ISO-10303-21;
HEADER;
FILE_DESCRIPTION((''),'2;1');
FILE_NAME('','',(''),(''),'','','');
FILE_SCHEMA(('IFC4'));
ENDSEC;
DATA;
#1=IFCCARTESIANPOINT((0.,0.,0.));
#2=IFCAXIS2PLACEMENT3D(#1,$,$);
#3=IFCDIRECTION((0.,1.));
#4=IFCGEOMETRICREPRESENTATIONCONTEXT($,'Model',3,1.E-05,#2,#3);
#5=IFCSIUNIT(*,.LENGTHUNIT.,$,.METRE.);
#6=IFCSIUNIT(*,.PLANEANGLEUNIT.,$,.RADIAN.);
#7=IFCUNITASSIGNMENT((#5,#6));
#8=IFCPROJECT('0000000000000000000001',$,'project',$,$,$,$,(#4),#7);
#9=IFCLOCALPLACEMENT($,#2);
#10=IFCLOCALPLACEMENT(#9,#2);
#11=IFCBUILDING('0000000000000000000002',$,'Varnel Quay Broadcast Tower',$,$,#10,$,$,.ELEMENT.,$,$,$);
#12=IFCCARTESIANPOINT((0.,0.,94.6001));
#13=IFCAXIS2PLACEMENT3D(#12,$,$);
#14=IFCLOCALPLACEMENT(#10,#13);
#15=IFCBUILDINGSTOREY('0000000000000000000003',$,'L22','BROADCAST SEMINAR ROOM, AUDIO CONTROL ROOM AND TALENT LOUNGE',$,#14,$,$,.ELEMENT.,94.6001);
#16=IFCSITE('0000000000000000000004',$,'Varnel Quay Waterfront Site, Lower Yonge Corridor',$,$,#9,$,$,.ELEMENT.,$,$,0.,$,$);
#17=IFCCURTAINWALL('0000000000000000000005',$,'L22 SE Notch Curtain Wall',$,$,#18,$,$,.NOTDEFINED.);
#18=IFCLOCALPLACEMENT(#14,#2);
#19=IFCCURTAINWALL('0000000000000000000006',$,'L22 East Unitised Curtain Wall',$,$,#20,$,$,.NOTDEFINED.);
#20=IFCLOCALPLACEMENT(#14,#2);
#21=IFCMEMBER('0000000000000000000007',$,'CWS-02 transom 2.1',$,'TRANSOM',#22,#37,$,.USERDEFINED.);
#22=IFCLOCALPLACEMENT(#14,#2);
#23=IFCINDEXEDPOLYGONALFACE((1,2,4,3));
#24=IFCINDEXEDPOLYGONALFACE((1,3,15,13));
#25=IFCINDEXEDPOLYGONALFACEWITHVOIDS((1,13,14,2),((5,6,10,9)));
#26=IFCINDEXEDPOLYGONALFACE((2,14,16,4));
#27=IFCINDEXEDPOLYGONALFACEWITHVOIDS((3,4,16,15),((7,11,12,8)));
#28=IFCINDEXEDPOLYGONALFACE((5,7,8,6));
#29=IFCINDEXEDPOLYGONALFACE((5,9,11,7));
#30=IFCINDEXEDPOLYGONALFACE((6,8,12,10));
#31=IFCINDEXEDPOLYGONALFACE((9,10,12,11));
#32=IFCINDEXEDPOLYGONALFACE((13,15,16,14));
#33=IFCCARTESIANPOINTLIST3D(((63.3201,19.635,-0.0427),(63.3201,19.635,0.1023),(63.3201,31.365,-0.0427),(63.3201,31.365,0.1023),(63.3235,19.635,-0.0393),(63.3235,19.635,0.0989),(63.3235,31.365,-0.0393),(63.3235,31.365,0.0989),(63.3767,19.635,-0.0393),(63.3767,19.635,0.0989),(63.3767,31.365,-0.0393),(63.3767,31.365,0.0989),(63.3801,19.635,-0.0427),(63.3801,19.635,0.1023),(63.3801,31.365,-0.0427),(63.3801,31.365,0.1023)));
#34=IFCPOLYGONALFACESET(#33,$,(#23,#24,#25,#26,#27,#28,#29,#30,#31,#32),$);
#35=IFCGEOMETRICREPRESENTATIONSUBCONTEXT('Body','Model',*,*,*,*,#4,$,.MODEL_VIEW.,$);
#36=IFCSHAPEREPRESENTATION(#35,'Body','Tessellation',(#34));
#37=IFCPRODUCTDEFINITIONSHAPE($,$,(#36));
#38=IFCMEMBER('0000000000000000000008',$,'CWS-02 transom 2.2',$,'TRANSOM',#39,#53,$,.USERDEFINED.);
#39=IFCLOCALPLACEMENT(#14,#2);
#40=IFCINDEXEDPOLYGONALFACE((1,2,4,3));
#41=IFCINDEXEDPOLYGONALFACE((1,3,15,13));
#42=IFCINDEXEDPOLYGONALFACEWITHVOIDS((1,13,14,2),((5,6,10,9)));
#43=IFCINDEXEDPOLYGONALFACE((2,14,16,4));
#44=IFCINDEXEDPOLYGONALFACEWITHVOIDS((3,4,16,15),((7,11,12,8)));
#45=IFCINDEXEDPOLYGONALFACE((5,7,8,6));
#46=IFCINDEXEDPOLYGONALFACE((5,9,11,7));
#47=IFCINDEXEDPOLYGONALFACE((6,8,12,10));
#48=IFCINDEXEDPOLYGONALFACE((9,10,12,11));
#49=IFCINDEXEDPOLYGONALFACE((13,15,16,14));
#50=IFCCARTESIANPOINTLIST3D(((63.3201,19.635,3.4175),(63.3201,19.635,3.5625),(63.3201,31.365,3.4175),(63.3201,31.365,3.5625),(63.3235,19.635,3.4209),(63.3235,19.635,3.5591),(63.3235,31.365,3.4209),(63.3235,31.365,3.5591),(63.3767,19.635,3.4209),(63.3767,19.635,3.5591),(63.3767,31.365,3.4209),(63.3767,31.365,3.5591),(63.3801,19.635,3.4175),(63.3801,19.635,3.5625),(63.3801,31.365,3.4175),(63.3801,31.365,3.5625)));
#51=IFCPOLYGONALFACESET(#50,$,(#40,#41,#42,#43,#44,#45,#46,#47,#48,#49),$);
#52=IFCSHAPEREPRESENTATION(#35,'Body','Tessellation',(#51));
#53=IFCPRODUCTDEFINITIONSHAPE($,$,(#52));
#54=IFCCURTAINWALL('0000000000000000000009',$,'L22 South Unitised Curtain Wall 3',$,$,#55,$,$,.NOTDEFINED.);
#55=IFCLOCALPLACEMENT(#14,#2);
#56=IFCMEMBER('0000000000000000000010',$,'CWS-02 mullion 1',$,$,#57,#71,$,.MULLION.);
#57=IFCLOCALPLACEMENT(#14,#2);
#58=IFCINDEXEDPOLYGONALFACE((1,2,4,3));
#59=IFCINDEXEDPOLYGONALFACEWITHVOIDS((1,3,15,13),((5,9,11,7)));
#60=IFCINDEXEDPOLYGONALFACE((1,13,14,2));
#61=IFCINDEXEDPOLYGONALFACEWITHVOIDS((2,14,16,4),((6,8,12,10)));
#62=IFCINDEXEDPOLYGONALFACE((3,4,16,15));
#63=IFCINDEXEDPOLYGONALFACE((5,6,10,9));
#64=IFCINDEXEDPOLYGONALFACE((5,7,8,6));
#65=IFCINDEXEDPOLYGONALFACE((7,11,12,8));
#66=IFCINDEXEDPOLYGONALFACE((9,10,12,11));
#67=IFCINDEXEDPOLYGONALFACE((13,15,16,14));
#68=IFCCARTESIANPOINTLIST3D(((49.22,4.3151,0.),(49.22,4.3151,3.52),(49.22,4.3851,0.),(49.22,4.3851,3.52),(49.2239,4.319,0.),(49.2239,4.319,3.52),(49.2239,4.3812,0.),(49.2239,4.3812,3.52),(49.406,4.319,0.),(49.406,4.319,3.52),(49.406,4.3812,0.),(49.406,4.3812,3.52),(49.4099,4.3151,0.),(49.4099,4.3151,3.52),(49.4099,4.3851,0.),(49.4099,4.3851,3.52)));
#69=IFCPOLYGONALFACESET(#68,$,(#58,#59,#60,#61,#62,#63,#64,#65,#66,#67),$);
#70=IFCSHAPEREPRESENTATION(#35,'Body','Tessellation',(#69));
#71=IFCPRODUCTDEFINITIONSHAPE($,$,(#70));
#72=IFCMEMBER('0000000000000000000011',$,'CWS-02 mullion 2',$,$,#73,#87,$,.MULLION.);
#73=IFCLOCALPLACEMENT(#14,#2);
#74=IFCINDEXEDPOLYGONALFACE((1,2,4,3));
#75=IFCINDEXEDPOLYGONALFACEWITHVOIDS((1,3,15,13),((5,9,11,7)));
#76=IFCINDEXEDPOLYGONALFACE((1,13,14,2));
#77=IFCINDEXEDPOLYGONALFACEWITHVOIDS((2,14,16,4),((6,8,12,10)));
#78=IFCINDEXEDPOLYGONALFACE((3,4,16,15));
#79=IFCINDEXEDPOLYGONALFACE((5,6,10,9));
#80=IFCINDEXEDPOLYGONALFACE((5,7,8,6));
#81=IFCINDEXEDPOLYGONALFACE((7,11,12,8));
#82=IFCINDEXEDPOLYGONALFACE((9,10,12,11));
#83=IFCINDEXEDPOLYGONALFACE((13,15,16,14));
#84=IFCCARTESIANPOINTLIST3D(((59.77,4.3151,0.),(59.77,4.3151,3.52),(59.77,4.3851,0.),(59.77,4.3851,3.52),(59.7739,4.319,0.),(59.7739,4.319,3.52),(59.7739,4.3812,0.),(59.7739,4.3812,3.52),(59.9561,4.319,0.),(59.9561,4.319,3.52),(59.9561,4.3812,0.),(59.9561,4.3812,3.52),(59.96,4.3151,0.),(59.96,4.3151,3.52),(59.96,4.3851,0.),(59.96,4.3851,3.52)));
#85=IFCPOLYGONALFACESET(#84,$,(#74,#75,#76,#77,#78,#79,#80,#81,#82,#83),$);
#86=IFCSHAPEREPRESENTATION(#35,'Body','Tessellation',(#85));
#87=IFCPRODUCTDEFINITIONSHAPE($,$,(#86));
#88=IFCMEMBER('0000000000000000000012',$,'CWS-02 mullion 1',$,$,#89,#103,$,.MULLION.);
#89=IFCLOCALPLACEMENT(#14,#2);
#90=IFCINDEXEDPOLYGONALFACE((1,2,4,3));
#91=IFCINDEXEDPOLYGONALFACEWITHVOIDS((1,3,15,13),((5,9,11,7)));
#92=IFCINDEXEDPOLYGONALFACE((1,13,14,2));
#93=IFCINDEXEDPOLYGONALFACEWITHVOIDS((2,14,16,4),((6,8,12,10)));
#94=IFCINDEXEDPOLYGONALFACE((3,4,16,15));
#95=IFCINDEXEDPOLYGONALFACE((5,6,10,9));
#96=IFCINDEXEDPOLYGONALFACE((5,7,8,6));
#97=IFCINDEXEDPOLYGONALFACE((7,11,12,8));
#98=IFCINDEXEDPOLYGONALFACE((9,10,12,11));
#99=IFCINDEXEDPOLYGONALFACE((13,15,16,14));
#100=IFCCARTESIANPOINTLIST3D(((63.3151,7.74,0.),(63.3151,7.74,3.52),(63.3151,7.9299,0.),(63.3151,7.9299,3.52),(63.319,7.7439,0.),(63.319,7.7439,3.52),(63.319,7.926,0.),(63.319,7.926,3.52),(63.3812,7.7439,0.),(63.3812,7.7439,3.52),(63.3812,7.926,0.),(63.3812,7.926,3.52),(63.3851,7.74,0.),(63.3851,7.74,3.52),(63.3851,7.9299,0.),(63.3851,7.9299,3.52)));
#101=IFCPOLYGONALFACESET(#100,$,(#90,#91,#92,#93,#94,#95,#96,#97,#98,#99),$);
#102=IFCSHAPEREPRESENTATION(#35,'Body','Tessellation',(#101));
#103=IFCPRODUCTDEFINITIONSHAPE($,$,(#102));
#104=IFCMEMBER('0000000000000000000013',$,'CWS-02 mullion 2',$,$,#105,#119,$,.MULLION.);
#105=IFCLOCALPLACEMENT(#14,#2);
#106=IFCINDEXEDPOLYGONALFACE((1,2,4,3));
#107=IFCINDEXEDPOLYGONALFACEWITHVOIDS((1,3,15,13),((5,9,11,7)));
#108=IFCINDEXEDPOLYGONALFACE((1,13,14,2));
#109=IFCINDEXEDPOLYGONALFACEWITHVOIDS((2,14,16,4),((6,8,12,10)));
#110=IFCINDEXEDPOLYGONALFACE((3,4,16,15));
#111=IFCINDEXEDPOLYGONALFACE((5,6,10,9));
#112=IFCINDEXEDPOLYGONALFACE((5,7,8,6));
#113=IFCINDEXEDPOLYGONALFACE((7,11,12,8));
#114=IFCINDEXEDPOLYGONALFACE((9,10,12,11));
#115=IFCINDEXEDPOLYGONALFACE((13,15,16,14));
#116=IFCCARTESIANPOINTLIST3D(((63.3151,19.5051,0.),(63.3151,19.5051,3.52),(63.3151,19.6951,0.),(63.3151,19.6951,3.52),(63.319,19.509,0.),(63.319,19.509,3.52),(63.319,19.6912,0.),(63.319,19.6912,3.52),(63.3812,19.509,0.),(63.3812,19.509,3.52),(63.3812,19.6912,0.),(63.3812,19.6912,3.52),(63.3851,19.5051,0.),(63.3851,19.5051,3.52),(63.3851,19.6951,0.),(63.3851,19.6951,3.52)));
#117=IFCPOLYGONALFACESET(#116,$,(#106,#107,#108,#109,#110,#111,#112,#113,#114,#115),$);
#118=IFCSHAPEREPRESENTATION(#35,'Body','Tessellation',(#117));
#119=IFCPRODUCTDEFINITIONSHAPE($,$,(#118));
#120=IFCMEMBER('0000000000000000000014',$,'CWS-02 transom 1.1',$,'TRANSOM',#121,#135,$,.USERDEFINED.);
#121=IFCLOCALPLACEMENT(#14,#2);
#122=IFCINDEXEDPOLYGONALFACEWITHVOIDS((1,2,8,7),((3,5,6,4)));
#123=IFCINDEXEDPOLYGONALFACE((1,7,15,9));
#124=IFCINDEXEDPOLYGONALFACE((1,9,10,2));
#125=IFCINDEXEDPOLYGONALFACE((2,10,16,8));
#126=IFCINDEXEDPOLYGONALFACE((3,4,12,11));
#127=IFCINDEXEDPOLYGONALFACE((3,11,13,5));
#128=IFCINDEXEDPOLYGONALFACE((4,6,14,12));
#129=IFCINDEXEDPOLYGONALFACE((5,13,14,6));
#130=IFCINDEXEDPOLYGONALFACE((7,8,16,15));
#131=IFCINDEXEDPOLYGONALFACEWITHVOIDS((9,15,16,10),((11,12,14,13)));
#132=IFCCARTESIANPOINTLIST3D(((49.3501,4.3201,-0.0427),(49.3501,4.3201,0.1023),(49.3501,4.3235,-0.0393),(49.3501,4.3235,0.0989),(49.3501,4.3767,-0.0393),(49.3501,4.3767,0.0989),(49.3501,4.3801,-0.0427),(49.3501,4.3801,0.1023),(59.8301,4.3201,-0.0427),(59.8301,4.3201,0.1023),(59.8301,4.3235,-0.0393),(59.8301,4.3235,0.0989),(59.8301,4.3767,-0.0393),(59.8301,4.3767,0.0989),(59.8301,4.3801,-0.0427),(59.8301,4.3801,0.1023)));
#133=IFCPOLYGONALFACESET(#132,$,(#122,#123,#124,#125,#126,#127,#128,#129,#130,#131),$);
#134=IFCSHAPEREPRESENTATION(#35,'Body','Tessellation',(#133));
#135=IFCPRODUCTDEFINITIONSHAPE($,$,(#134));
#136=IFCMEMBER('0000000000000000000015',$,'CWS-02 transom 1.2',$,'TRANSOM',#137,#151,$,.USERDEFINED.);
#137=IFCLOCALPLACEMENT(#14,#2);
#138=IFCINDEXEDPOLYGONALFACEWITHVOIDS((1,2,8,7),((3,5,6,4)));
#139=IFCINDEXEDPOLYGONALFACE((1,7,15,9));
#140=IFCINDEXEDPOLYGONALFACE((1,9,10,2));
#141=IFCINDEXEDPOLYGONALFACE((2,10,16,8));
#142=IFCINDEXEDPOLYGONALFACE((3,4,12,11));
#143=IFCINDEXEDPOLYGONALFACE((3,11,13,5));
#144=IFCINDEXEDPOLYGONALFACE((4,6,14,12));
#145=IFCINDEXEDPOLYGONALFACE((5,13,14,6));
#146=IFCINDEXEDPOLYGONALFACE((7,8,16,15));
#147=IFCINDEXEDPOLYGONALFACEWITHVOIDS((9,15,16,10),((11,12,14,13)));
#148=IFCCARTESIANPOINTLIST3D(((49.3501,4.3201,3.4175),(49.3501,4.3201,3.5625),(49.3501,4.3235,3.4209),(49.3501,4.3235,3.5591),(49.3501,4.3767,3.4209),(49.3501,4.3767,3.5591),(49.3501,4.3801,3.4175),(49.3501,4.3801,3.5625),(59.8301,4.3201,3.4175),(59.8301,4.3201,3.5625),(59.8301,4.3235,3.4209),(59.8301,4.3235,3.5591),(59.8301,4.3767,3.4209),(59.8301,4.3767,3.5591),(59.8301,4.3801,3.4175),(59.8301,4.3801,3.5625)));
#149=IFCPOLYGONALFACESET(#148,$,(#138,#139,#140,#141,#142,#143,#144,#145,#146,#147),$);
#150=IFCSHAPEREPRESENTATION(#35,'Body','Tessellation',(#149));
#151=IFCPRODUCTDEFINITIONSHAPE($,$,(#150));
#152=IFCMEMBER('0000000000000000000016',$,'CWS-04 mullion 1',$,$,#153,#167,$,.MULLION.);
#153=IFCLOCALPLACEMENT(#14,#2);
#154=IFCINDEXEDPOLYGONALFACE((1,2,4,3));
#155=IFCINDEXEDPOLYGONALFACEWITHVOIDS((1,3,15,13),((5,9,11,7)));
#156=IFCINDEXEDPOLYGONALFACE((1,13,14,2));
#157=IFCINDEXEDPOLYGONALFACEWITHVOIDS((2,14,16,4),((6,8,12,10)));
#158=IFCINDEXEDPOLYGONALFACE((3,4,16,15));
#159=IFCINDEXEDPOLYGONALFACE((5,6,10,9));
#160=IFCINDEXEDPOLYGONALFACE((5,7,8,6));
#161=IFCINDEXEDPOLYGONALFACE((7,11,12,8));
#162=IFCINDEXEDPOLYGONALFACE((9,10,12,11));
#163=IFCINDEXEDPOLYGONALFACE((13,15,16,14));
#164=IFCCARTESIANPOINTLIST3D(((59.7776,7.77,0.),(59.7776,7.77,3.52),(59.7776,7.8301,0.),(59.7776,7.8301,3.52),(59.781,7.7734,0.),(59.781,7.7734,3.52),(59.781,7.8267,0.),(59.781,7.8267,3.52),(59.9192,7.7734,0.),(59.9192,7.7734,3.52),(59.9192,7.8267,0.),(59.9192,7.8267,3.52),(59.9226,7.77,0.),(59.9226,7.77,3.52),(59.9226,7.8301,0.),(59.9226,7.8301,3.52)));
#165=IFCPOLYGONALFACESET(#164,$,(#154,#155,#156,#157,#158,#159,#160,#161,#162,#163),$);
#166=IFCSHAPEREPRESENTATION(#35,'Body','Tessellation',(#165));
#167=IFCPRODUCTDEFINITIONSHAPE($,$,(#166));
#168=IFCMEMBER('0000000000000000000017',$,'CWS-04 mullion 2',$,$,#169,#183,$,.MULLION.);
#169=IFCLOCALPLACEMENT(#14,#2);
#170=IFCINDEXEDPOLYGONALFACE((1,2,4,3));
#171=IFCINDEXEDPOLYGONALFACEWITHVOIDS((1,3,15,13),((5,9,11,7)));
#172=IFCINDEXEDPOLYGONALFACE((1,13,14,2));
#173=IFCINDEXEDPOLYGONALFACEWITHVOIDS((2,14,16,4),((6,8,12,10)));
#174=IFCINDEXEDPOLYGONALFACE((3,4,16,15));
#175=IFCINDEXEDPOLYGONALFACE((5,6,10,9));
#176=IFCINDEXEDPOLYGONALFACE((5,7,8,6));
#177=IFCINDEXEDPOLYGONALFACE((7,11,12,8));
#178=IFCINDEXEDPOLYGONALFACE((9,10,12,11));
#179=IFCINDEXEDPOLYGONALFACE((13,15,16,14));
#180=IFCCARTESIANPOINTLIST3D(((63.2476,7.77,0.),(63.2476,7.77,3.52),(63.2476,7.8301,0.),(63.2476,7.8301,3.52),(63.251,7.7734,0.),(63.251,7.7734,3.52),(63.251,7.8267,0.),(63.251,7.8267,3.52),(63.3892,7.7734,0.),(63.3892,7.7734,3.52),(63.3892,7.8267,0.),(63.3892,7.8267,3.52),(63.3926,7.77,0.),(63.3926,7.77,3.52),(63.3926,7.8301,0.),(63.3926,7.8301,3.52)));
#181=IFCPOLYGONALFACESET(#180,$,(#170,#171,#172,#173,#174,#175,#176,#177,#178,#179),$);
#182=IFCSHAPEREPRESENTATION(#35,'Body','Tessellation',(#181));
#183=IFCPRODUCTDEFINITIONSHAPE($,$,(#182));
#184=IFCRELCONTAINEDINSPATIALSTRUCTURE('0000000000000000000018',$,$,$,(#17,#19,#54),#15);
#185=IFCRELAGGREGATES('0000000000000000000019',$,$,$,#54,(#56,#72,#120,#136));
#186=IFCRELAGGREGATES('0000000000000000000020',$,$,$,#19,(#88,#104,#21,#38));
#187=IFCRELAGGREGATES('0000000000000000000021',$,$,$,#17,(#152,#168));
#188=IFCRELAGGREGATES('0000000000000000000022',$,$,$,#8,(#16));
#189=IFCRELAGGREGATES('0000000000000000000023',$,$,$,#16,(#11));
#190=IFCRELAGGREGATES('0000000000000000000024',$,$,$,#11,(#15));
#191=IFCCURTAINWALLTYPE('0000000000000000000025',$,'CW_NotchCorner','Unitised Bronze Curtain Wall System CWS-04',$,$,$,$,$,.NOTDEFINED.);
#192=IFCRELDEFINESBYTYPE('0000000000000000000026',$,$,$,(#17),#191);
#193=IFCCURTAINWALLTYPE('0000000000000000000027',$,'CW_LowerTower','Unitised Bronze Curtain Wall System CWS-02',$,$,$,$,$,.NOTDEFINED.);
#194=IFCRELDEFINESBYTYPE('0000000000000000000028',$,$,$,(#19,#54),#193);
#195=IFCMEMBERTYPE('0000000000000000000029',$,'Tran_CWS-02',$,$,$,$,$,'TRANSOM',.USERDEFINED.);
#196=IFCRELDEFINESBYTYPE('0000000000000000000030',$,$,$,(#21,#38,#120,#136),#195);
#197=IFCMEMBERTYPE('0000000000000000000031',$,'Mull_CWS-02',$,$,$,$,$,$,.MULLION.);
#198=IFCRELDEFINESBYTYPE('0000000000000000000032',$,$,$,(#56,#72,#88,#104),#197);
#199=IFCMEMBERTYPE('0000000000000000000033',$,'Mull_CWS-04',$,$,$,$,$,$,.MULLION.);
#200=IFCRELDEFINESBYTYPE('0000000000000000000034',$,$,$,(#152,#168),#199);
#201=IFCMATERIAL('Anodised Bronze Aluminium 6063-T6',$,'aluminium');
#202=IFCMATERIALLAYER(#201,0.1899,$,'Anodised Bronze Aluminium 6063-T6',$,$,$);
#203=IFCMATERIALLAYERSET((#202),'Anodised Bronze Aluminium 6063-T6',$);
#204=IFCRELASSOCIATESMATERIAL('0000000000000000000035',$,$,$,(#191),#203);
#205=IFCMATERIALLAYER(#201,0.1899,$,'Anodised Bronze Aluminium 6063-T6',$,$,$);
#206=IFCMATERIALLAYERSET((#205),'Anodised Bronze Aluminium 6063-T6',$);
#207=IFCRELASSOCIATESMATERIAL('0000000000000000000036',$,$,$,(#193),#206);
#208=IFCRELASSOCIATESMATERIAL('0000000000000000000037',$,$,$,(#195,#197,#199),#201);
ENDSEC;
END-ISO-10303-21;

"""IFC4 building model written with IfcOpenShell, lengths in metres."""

from ifc_helpers import new_model, si_unit, direction, frame, origin, origin_2d, place, context, subcontext, project, spatial, hollow_rectangle, extrude, source, transform, mapped, material, layer, layer_set, material_profile, profile_set, type_object, type_shapes, element, aggregate, save


model = new_model("IFC4")

# Units and contexts
model_context = context("Model", 3, precision=1e-05, world=origin(), true_north=direction((0.0, 1.0)))
body_context = subcontext(model_context, "Body", "Model", "MODEL_VIEW")
ifc_project = project(units=[si_unit("LENGTHUNIT", "METRE"), si_unit("PLANEANGLEUNIT", "RADIAN")], contexts=[model_context])

# Site, building, storey
site_placement = place(None, origin())
site = spatial("IfcSite", under=ifc_project, at=site_placement, Name="Varnel Quay Waterfront Site, Lower Yonge Corridor", CompositionType="ELEMENT", RefElevation=0.0)
building_placement = place(site_placement, origin())
building = spatial("IfcBuilding", under=site, at=building_placement, Name="Varnel Quay Broadcast Tower", CompositionType="ELEMENT")
storey_placement = place(building_placement, frame((0.0, 0.0, 94.6001)))
storey = spatial("IfcBuildingStorey", under=building, at=storey_placement, Name="L22", Description="BROADCAST SEMINAR ROOM, AUDIO CONTROL ROOM AND TALENT LOUNGE", CompositionType="ELEMENT", Elevation=94.6001)

# Curtain walls, members
ifc_material_1 = material(Name="Anodised Bronze Aluminium 6063-T6", Category="aluminium")
ifc_layer_1 = layer(ifc_material_1, 0.1899, Name="Anodised Bronze Aluminium 6063-T6")
ifc_layer_set_1 = layer_set([ifc_layer_1], Name="Anodised Bronze Aluminium 6063-T6")
curtain_wall_type_1 = type_object("IfcCurtainWallType", Name="CW_NotchCorner", Description="Unitised Bronze Curtain Wall System CWS-04", PredefinedType="NOTDEFINED", material=ifc_layer_set_1)
curtain_wall_1_placement = place(storey_placement, origin())
curtain_wall_1 = element("IfcCurtainWall", 1, at=curtain_wall_1_placement, inside=storey, type_object=curtain_wall_type_1, Name="L22 SE Notch Curtain Wall", PredefinedType="NOTDEFINED")
ifc_layer_2 = layer(ifc_material_1, 0.1899, Name="Anodised Bronze Aluminium 6063-T6")
ifc_layer_set_2 = layer_set([ifc_layer_2], Name="Anodised Bronze Aluminium 6063-T6")
curtain_wall_type_2 = type_object("IfcCurtainWallType", Name="CW_LowerTower", Description="Unitised Bronze Curtain Wall System CWS-02", PredefinedType="NOTDEFINED", material=ifc_layer_set_2)
curtain_wall_2_placement = place(storey_placement, origin())
curtain_wall_2 = element("IfcCurtainWall", 2, at=curtain_wall_2_placement, inside=storey, type_object=curtain_wall_type_2, Name="L22 East Unitised Curtain Wall", PredefinedType="NOTDEFINED")
ifc_material_profile_1 = material_profile(ifc_material_1, hollow_rectangle(XDim=0.0601, YDim=0.145, WallThickness=0.0034, at=origin_2d()), Name="ALU60X145X3.5")
ifc_profile_set_1 = profile_set([ifc_material_profile_1], Name="Anodised Bronze Aluminium 6063-T6")
member_type_1 = type_object("IfcMemberType", Name="Tran_CWS-02", ElementType="TRANSOM", PredefinedType="USERDEFINED", material=ifc_profile_set_1)
shared_shape_1 = source(origin(), body_context, "Body", "SweptSolid", [
    extrude(hollow_rectangle(XDim=0.0601, YDim=0.145, WallThickness=0.0034, at=origin_2d()), origin(), (0.0, 0.0, 1.0), 11.73),
])
member_1_placement = place(storey_placement, frame((63.3501, 19.635, 0.0298), z_axis=(0.0, 1.0, 0.0), x_axis=(-1.0, 0.0, 0.0)))
member_1 = element("IfcMember", 3, at=member_1_placement, type_object=member_type_1, Name="CWS-02 transom 2.1", ObjectType="TRANSOM", PredefinedType="USERDEFINED", context=body_context, shape_type="MappedRepresentation", body=[
    mapped(shared_shape_1, transform((0.0, 0.0, 0.0), x_axis=(1.0, 0.0, 0.0), y_axis=(0.0, 1.0, 0.0), z_axis=(0.0, 0.0, 1.0), scale=1.0)),
])
member_2_placement = place(storey_placement, frame((63.3501, 19.635, 3.49), z_axis=(0.0, 1.0, 0.0), x_axis=(-1.0, 0.0, 0.0)))
member_2 = element("IfcMember", 4, at=member_2_placement, type_object=member_type_1, Name="CWS-02 transom 2.2", ObjectType="TRANSOM", PredefinedType="USERDEFINED", context=body_context, shape_type="MappedRepresentation", body=[
    mapped(shared_shape_1, transform((0.0, 0.0, 0.0), x_axis=(1.0, 0.0, 0.0), y_axis=(0.0, 1.0, 0.0), z_axis=(0.0, 0.0, 1.0), scale=1.0)),
])
curtain_wall_3_placement = place(storey_placement, origin())
curtain_wall_3 = element("IfcCurtainWall", 5, at=curtain_wall_3_placement, inside=storey, type_object=curtain_wall_type_2, Name="L22 South Unitised Curtain Wall 3", PredefinedType="NOTDEFINED")
ifc_material_profile_2 = material_profile(ifc_material_1, hollow_rectangle(XDim=0.0701, YDim=0.1899, WallThickness=0.0039, at=origin_2d()), Name="ALU70X190X4")
ifc_profile_set_2 = profile_set([ifc_material_profile_2], Name="Anodised Bronze Aluminium 6063-T6")
member_type_2 = type_object("IfcMemberType", Name="Mull_CWS-02", PredefinedType="MULLION", material=ifc_profile_set_2)
shared_shape_2 = source(origin(), body_context, "Body", "SweptSolid", [
    extrude(hollow_rectangle(XDim=0.0701, YDim=0.1899, WallThickness=0.0039, at=origin_2d()), origin(), (0.0, 0.0, 1.0), 3.52),
])
type_shapes(member_type_2, [shared_shape_2])
member_3_placement = place(storey_placement, frame((49.3149, 4.3501, 0.0), z_axis=(0.0, 0.0, 1.0), x_axis=(0.0, 1.0, 0.0)))
member_3 = element("IfcMember", 6, at=member_3_placement, type_object=member_type_2, Name="CWS-02 mullion 1", PredefinedType="MULLION", context=body_context, shape_type="MappedRepresentation", body=[
    mapped(shared_shape_2, transform((0.0, 0.0, 0.0), x_axis=(1.0, 0.0, 0.0), y_axis=(0.0, 1.0, 0.0), z_axis=(0.0, 0.0, 1.0), scale=1.0)),
])
member_4_placement = place(storey_placement, frame((59.865, 4.3501, 0.0), z_axis=(0.0, 0.0, 1.0), x_axis=(0.0, 1.0, 0.0)))
member_4 = element("IfcMember", 7, at=member_4_placement, type_object=member_type_2, Name="CWS-02 mullion 2", PredefinedType="MULLION", context=body_context, shape_type="MappedRepresentation", body=[
    mapped(shared_shape_2, transform((0.0, 0.0, 0.0), x_axis=(1.0, 0.0, 0.0), y_axis=(0.0, 1.0, 0.0), z_axis=(0.0, 0.0, 1.0), scale=1.0)),
])

# Members
member_5_placement = place(storey_placement, frame((63.3501, 7.835, 0.0), z_axis=(0.0, 0.0, 1.0), x_axis=(-1.0, 0.0, 0.0)))
member_5 = element("IfcMember", 8, at=member_5_placement, type_object=member_type_2, Name="CWS-02 mullion 1", PredefinedType="MULLION", context=body_context, shape_type="MappedRepresentation", body=[
    mapped(shared_shape_2, transform((0.0, 0.0, 0.0), x_axis=(1.0, 0.0, 0.0), y_axis=(0.0, 1.0, 0.0), z_axis=(0.0, 0.0, 1.0), scale=1.0)),
])
member_6_placement = place(storey_placement, frame((63.3501, 19.6001, 0.0), z_axis=(0.0, 0.0, 1.0), x_axis=(-1.0, 0.0, 0.0)))
member_6 = element("IfcMember", 9, at=member_6_placement, type_object=member_type_2, Name="CWS-02 mullion 2", PredefinedType="MULLION", context=body_context, shape_type="MappedRepresentation", body=[
    mapped(shared_shape_2, transform((0.0, 0.0, 0.0), x_axis=(1.0, 0.0, 0.0), y_axis=(0.0, 1.0, 0.0), z_axis=(0.0, 0.0, 1.0), scale=1.0)),
])
shared_shape_3 = source(origin(), body_context, "Body", "SweptSolid", [
    extrude(hollow_rectangle(XDim=0.0601, YDim=0.145, WallThickness=0.0034, at=origin_2d()), origin(), (0.0, 0.0, 1.0), 10.48),
])
member_7_placement = place(storey_placement, frame((49.3501, 4.3501, 0.0298), z_axis=(1.0, 0.0, 0.0), x_axis=(0.0, 1.0, 0.0)))
member_7 = element("IfcMember", 10, at=member_7_placement, type_object=member_type_1, Name="CWS-02 transom 1.1", ObjectType="TRANSOM", PredefinedType="USERDEFINED", context=body_context, shape_type="MappedRepresentation", body=[
    mapped(shared_shape_3, transform((0.0, 0.0, 0.0), x_axis=(1.0, 0.0, 0.0), y_axis=(0.0, 1.0, 0.0), z_axis=(0.0, 0.0, 1.0), scale=1.0)),
])
member_8_placement = place(storey_placement, frame((49.3501, 4.3501, 3.49), z_axis=(1.0, 0.0, 0.0), x_axis=(0.0, 1.0, 0.0)))
member_8 = element("IfcMember", 11, at=member_8_placement, type_object=member_type_1, Name="CWS-02 transom 1.2", ObjectType="TRANSOM", PredefinedType="USERDEFINED", context=body_context, shape_type="MappedRepresentation", body=[
    mapped(shared_shape_3, transform((0.0, 0.0, 0.0), x_axis=(1.0, 0.0, 0.0), y_axis=(0.0, 1.0, 0.0), z_axis=(0.0, 0.0, 1.0), scale=1.0)),
])
ifc_material_profile_3 = material_profile(ifc_material_1, hollow_rectangle(XDim=0.0601, YDim=0.145, WallThickness=0.0034, at=origin_2d()), Name="ALU60X145X3.5")
ifc_profile_set_3 = profile_set([ifc_material_profile_3], Name="Anodised Bronze Aluminium 6063-T6")
member_type_3 = type_object("IfcMemberType", Name="Mull_CWS-04", PredefinedType="MULLION", material=ifc_profile_set_3)
shared_shape_4 = source(origin(), body_context, "Body", "SweptSolid", [
    extrude(hollow_rectangle(XDim=0.0601, YDim=0.145, WallThickness=0.0034, at=origin_2d()), origin(), (0.0, 0.0, 1.0), 3.52),
])
type_shapes(member_type_3, [shared_shape_4])
member_9_placement = place(storey_placement, frame((59.8501, 7.8, 0.0), z_axis=(0.0, 0.0, 1.0), x_axis=(0.0, 1.0, 0.0)))
member_9 = element("IfcMember", 12, at=member_9_placement, type_object=member_type_3, Name="CWS-04 mullion 1", PredefinedType="MULLION", context=body_context, shape_type="MappedRepresentation", body=[
    mapped(shared_shape_4, transform((0.0, 0.0, 0.0), x_axis=(1.0, 0.0, 0.0), y_axis=(0.0, 1.0, 0.0), z_axis=(0.0, 0.0, 1.0), scale=1.0)),
])
member_10_placement = place(storey_placement, frame((63.3201, 7.8, 0.0), z_axis=(0.0, 0.0, 1.0), x_axis=(0.0, 1.0, 0.0)))
member_10 = element("IfcMember", 13, at=member_10_placement, type_object=member_type_3, Name="CWS-04 mullion 2", PredefinedType="MULLION", context=body_context, shape_type="MappedRepresentation", body=[
    mapped(shared_shape_4, transform((0.0, 0.0, 0.0), x_axis=(1.0, 0.0, 0.0), y_axis=(0.0, 1.0, 0.0), z_axis=(0.0, 0.0, 1.0), scale=1.0)),
])

aggregate(curtain_wall_3, [member_3, member_4, member_7, member_8])
aggregate(curtain_wall_2, [member_5, member_6, member_1, member_2])
aggregate(curtain_wall_1, [member_9, member_10])

save(model, "model.ifc")
